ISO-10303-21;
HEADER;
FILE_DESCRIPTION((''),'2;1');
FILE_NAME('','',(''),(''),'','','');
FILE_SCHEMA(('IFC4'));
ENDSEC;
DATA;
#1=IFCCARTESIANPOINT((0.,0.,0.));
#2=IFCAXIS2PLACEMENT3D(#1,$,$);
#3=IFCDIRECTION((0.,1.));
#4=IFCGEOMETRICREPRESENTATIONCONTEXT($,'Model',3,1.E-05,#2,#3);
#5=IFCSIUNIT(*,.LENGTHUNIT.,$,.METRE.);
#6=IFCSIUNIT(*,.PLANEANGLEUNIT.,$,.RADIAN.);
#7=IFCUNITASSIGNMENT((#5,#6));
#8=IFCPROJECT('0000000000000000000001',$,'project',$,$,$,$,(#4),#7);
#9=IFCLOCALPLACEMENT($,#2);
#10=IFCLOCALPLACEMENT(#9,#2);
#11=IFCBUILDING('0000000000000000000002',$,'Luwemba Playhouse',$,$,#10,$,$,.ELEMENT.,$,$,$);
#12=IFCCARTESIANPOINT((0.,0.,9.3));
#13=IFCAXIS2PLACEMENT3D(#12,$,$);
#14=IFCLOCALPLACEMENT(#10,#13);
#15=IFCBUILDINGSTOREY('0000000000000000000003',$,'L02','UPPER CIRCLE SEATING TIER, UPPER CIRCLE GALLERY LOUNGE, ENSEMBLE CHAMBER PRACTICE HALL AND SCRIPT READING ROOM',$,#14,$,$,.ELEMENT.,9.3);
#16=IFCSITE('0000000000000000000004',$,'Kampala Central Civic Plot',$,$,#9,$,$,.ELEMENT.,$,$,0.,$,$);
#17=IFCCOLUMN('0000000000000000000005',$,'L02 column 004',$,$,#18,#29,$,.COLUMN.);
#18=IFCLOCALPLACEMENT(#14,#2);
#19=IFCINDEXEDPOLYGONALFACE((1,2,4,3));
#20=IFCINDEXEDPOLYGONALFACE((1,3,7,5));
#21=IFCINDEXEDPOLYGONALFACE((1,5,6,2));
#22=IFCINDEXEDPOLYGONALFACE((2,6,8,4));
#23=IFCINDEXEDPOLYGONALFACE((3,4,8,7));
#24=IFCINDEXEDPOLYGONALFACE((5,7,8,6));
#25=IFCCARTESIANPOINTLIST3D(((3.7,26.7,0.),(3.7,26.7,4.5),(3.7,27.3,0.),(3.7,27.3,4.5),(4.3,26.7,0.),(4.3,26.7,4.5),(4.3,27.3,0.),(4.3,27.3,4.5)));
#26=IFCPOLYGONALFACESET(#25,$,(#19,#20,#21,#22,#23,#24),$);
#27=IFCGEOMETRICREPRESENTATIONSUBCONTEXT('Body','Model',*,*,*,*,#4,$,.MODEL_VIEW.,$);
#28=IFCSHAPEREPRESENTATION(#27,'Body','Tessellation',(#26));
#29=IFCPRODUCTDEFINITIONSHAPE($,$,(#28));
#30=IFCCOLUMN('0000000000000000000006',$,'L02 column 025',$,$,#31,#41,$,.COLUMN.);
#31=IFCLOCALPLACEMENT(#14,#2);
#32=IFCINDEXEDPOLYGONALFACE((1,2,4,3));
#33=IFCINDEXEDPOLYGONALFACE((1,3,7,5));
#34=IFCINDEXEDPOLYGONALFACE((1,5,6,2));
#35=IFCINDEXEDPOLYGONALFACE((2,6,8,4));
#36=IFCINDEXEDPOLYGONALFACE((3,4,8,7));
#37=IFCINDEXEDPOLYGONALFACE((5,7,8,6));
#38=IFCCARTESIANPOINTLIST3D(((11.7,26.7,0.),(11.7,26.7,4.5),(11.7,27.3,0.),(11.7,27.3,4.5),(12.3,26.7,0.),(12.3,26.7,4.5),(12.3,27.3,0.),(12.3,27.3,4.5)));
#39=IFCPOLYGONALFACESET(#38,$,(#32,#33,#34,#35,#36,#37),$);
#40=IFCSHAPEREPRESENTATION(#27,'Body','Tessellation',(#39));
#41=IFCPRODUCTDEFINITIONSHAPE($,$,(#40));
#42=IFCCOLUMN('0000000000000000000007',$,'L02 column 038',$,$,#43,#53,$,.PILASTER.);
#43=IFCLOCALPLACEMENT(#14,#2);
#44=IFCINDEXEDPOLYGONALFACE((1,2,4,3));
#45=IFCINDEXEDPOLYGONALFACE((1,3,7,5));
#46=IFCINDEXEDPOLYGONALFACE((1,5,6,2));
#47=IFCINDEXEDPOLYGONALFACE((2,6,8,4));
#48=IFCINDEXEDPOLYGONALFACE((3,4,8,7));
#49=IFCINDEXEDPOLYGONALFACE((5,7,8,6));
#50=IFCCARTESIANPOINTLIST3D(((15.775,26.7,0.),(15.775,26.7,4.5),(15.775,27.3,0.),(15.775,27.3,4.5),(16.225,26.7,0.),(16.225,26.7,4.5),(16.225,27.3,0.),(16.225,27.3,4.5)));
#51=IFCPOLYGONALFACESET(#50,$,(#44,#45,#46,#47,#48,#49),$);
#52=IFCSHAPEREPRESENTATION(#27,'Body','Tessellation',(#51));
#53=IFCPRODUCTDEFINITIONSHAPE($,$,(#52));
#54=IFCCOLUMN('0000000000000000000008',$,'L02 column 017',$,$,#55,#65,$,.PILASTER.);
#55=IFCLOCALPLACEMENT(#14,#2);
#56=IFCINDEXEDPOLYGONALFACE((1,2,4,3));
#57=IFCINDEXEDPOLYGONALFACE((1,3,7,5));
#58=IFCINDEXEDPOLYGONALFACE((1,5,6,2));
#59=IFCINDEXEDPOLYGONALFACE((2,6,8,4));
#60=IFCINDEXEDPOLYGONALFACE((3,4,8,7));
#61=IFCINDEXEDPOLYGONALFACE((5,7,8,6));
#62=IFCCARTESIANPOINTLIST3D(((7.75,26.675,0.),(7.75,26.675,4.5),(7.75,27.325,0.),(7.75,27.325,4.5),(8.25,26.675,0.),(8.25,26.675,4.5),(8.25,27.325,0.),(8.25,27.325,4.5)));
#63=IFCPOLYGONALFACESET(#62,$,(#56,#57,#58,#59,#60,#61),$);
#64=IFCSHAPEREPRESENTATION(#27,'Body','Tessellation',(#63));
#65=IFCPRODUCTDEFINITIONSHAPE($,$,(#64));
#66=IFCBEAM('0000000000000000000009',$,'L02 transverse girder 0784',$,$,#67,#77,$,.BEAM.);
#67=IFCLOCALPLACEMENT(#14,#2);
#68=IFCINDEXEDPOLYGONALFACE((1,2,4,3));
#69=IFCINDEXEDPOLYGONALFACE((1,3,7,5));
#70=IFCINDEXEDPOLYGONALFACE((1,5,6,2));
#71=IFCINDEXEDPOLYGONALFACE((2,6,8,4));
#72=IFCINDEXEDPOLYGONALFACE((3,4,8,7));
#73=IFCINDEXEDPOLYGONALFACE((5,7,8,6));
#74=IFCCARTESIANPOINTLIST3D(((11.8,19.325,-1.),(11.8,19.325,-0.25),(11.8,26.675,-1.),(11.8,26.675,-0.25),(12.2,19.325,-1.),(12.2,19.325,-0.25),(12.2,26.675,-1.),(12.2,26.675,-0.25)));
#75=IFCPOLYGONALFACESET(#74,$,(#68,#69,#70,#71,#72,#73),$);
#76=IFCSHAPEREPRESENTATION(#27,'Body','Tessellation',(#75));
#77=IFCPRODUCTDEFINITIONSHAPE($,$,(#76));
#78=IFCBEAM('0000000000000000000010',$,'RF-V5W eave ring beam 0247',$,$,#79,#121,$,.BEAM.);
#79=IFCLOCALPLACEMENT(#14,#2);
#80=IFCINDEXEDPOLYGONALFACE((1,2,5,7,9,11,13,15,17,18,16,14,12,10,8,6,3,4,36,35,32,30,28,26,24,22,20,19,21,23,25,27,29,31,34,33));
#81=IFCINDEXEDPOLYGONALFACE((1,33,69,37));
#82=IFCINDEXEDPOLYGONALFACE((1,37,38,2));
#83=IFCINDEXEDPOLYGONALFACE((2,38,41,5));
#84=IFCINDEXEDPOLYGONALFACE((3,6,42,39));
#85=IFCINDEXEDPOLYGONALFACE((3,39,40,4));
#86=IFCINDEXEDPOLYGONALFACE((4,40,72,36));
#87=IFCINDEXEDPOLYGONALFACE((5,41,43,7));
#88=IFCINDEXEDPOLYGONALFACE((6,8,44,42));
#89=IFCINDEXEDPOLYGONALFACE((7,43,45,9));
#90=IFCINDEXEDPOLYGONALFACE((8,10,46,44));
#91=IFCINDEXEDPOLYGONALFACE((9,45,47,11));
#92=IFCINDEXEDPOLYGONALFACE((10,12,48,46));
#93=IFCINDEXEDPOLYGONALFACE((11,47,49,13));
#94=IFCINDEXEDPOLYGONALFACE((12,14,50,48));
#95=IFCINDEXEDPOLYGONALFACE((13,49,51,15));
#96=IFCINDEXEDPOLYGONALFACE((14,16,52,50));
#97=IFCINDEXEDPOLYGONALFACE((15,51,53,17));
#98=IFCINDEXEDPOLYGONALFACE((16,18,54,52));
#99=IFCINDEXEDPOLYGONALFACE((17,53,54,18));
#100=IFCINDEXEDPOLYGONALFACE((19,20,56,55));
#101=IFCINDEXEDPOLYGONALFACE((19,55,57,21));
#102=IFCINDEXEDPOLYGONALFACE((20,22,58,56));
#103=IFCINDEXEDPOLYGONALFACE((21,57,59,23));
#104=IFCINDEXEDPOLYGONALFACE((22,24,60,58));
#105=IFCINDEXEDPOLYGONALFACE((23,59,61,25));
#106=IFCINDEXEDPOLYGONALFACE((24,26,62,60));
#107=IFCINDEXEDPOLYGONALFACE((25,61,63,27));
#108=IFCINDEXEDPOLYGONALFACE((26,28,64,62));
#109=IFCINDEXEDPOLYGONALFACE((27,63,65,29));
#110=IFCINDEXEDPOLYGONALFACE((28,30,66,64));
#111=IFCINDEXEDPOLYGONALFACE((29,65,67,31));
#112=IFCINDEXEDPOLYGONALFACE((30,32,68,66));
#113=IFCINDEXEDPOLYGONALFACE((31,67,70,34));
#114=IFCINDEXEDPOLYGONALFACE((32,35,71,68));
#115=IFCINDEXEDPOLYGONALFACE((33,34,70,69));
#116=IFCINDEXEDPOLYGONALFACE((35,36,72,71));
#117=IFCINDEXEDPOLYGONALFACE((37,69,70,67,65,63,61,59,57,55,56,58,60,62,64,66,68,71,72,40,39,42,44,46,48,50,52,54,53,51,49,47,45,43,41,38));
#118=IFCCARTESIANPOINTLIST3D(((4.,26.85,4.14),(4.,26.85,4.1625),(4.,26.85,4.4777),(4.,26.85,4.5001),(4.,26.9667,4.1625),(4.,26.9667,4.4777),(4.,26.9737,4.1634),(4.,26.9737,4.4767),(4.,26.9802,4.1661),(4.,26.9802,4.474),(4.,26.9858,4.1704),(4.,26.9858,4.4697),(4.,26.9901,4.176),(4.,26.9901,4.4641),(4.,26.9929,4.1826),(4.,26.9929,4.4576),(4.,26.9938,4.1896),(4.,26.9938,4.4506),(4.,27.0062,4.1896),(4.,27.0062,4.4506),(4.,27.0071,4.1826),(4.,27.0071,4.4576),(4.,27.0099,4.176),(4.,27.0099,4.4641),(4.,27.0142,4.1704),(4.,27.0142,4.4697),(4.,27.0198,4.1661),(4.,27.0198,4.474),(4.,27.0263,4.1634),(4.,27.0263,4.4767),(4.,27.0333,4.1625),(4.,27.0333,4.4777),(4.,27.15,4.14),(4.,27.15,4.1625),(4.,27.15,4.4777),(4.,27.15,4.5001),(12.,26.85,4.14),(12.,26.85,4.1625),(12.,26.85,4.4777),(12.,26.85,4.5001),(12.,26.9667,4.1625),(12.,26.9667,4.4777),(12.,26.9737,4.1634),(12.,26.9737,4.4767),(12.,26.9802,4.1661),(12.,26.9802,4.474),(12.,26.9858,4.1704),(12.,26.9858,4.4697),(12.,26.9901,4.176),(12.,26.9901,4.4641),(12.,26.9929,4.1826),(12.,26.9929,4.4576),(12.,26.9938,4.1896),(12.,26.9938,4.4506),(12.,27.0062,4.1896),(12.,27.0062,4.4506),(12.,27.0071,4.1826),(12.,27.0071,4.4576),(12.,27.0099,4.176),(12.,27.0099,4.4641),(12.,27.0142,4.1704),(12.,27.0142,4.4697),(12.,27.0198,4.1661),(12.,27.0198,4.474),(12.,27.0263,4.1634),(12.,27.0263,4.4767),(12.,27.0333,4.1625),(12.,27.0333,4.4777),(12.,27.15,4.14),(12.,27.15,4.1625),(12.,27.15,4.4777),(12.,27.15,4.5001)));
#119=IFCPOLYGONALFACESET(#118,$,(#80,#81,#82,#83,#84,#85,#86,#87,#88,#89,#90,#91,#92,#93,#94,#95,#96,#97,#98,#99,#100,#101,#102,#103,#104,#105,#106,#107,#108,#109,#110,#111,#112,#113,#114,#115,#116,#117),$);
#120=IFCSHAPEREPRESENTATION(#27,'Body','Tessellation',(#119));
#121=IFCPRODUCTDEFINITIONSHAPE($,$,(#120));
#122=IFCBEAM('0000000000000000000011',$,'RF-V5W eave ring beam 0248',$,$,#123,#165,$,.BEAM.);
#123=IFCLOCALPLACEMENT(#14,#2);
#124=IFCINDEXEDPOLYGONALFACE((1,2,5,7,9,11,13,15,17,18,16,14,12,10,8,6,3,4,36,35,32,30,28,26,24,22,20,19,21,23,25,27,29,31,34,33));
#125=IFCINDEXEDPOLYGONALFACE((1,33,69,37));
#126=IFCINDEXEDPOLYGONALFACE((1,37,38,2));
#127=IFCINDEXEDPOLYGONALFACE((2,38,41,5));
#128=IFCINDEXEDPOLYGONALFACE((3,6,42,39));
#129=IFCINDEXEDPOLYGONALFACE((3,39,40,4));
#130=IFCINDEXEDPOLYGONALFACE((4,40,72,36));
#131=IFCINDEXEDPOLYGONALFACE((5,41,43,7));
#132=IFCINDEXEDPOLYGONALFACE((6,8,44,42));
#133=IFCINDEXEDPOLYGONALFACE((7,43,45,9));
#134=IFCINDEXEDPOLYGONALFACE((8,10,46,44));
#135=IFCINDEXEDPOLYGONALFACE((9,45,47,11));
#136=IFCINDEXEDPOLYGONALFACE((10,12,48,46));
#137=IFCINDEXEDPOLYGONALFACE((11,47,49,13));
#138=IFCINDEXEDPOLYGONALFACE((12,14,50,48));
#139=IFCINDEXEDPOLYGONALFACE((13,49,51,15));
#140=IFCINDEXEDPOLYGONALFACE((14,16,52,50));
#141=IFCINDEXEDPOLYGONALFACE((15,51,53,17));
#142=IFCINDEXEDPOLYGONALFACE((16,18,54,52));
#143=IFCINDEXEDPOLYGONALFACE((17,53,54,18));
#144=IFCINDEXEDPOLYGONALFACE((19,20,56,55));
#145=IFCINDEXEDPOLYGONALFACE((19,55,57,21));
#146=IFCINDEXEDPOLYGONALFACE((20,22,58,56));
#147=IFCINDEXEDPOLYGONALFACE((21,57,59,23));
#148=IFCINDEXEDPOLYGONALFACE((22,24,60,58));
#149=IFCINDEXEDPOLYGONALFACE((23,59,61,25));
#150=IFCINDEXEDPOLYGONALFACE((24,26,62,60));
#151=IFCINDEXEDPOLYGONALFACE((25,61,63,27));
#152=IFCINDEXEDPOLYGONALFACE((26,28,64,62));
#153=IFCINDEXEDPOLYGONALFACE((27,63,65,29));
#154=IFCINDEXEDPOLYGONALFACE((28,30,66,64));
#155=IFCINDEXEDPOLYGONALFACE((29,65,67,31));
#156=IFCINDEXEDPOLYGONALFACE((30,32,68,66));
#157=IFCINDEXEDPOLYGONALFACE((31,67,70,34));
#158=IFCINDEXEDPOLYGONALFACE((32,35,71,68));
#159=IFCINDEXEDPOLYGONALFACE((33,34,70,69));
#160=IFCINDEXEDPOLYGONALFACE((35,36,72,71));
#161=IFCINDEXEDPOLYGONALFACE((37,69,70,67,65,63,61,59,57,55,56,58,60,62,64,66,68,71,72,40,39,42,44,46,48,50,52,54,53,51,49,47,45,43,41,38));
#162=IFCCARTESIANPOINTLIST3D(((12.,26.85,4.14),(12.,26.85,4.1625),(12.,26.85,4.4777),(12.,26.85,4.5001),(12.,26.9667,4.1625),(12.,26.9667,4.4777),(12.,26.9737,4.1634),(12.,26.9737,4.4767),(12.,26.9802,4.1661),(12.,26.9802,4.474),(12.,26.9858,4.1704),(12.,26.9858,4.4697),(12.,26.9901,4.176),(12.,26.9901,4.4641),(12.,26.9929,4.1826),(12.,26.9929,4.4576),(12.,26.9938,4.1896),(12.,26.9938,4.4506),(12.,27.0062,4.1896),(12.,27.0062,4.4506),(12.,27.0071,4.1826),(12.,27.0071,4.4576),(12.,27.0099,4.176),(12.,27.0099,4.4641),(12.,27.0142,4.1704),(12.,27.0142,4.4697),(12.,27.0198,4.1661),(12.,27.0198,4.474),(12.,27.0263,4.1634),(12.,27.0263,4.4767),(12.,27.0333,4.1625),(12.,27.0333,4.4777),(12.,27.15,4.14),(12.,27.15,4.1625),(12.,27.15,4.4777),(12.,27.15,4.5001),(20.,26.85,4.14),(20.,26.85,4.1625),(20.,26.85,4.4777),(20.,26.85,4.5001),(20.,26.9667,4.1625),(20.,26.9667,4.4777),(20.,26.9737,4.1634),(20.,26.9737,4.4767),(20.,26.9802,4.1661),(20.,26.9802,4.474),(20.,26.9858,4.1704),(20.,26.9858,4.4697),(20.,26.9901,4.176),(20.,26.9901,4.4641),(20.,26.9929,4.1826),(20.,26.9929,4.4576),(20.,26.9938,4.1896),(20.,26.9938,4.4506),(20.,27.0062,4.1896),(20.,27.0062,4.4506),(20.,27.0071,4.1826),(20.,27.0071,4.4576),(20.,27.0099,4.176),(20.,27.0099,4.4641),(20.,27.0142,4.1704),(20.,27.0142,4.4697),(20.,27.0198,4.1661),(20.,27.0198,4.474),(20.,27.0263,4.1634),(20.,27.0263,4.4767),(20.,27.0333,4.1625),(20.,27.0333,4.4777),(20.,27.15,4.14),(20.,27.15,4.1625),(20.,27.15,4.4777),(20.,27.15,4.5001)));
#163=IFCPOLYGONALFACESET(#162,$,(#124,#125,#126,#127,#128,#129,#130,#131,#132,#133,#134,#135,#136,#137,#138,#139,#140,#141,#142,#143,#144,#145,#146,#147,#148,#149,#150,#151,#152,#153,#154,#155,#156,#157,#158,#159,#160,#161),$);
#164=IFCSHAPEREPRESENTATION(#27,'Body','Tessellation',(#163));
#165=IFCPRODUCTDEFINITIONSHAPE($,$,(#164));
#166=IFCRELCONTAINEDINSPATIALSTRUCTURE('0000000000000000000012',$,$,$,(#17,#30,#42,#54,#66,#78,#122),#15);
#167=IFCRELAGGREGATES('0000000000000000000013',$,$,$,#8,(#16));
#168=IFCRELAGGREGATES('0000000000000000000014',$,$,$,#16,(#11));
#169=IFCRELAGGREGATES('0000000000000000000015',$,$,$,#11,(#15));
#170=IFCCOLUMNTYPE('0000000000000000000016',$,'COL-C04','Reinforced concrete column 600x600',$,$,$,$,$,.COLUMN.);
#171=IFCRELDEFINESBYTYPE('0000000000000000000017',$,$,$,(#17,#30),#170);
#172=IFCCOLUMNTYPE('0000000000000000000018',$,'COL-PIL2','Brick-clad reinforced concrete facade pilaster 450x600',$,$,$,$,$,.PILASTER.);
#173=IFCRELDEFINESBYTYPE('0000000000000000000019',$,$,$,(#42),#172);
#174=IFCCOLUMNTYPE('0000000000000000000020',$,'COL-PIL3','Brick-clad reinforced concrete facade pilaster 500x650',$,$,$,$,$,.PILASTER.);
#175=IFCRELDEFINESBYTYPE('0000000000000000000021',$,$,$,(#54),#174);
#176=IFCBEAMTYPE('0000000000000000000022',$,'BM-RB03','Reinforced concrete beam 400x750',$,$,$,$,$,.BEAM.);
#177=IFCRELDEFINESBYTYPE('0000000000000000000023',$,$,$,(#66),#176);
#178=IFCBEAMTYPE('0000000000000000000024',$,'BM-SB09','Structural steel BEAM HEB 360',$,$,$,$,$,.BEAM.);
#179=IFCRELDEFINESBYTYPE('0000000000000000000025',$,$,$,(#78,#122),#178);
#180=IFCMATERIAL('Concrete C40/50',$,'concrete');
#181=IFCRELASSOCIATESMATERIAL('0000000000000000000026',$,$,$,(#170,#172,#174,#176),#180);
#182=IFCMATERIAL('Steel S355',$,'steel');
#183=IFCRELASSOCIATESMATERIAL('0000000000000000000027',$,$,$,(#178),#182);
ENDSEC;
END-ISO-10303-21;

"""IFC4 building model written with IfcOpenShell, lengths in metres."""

from ifc_helpers import new_model, si_unit, direction, frame, origin, origin_2d, place, context, subcontext, project, spatial, rectangle, i_section, extrude, material, material_profile, profile_set, type_object, element, save


model = new_model("IFC4")

# Units and contexts
model_context = context("Model", 3, precision=1e-05, world=origin(), true_north=direction((0.0, 1.0)))
body_context = subcontext(model_context, "Body", "Model", "MODEL_VIEW")
ifc_project = project(units=[si_unit("LENGTHUNIT", "METRE"), si_unit("PLANEANGLEUNIT", "RADIAN")], contexts=[model_context])

# Site, building, storey
site_placement = place(None, origin())
site = spatial("IfcSite", under=ifc_project, at=site_placement, Name="Kampala Central Civic Plot", CompositionType="ELEMENT", RefElevation=0.0)
building_placement = place(site_placement, origin())
building = spatial("IfcBuilding", under=site, at=building_placement, Name="Luwemba Playhouse", CompositionType="ELEMENT")
storey_placement = place(building_placement, frame((0.0, 0.0, 9.3)))
storey = spatial("IfcBuildingStorey", under=building, at=storey_placement, Name="L02", Description="UPPER CIRCLE SEATING TIER, UPPER CIRCLE GALLERY LOUNGE, ENSEMBLE CHAMBER PRACTICE HALL AND SCRIPT READING ROOM", CompositionType="ELEMENT", Elevation=9.3)

# Columns
ifc_material_1 = material(Name="Concrete C40/50", Category="concrete")
ifc_material_profile_1 = material_profile(ifc_material_1, rectangle(XDim=0.6001, YDim=0.6001, at=origin_2d()))
ifc_profile_set_1 = profile_set([ifc_material_profile_1], Name="Concrete C40/50")
column_type_1 = type_object("IfcColumnType", Name="COL-C04", Description="Reinforced concrete column 600x600", PredefinedType="COLUMN", material=ifc_profile_set_1)
for number, where, z_axis, x_axis, name in (
    (1, (4.0, 27.0, 0.0), (0.0, 0.0, 1.0), (1.0, 0.0, 0.0), "L02 column 004"),
    (2, (12.0, 27.0, 0.0), (0.0, 0.0, 1.0), (1.0, 0.0, 0.0), "L02 column 025"),
):
    element("IfcColumn", number, at=place(storey_placement, frame(where, z_axis=z_axis, x_axis=x_axis)), inside=storey, type_object=column_type_1, Name=name, PredefinedType="COLUMN", context=body_context, shape_type="SweptSolid", body=[
        extrude(rectangle(XDim=0.6001, YDim=0.6001, at=origin_2d()), origin(), (0.0, 0.0, 1.0), 4.5),
    ])
ifc_material_profile_2 = material_profile(ifc_material_1, rectangle(XDim=0.45, YDim=0.6001, at=origin_2d()))
ifc_profile_set_2 = profile_set([ifc_material_profile_2], Name="Concrete C40/50")
column_type_2 = type_object("IfcColumnType", Name="COL-PIL2", Description="Brick-clad reinforced concrete facade pilaster 450x600", PredefinedType="PILASTER", material=ifc_profile_set_2)
column_1_placement = place(storey_placement, frame((16.0, 27.0, 0.0), z_axis=(0.0, 0.0, 1.0), x_axis=(1.0, 0.0, 0.0)))
element("IfcColumn", 3, at=column_1_placement, inside=storey, type_object=column_type_2, Name="L02 column 038", PredefinedType="PILASTER", context=body_context, shape_type="SweptSolid", body=[
    extrude(rectangle(XDim=0.45, YDim=0.6001, at=origin_2d()), origin(), (0.0, 0.0, 1.0), 4.5),
])
ifc_material_profile_3 = material_profile(ifc_material_1, rectangle(XDim=0.5, YDim=0.6499, at=origin_2d()))
ifc_profile_set_3 = profile_set([ifc_material_profile_3], Name="Concrete C40/50")
column_type_3 = type_object("IfcColumnType", Name="COL-PIL3", Description="Brick-clad reinforced concrete facade pilaster 500x650", PredefinedType="PILASTER", material=ifc_profile_set_3)
column_2_placement = place(storey_placement, frame((8.0, 27.0, 0.0), z_axis=(0.0, 0.0, 1.0), x_axis=(1.0, 0.0, 0.0)))
element("IfcColumn", 4, at=column_2_placement, inside=storey, type_object=column_type_3, Name="L02 column 017", PredefinedType="PILASTER", context=body_context, shape_type="SweptSolid", body=[
    extrude(rectangle(XDim=0.5, YDim=0.6499, at=origin_2d()), origin(), (0.0, 0.0, 1.0), 4.5),
])

# Beams
ifc_material_profile_4 = material_profile(ifc_material_1, rectangle(XDim=0.3999, YDim=0.75, at=origin_2d()))
ifc_profile_set_4 = profile_set([ifc_material_profile_4], Name="Concrete C40/50")
beam_type_1 = type_object("IfcBeamType", Name="BM-RB03", Description="Reinforced concrete beam 400x750", PredefinedType="BEAM", material=ifc_profile_set_4)
beam_1_placement = place(storey_placement, frame((12.0, 19.325, -0.625), z_axis=(0.0, 1.0, 0.0), x_axis=(-1.0, 0.0, 0.0)))
element("IfcBeam", 5, at=beam_1_placement, inside=storey, type_object=beam_type_1, Name="L02 transverse girder 0784", PredefinedType="BEAM", context=body_context, shape_type="SweptSolid", body=[
    extrude(rectangle(XDim=0.3999, YDim=0.75, at=origin_2d()), origin(), (0.0, 0.0, 1.0), 7.3501),
])
ifc_material_2 = material(Name="Steel S355", Category="steel")
ifc_material_profile_5 = material_profile(ifc_material_2, i_section(OverallWidth=0.3, OverallDepth=0.3601, WebThickness=0.0125, FlangeThickness=0.0225, FilletRadius=0.0271, at=origin_2d()))
ifc_profile_set_5 = profile_set([ifc_material_profile_5], Name="Steel S355")
beam_type_2 = type_object("IfcBeamType", Name="BM-SB09", Description="Structural steel BEAM HEB 360", PredefinedType="BEAM", material=ifc_profile_set_5)
for number, where, z_axis, x_axis, name in (
    (6, (4.0, 27.0, 4.3201), (1.0, 0.0, 0.0), (0.0, 1.0, 0.0), "RF-V5W eave ring beam 0247"),
    (7, (12.0, 27.0, 4.3201), (1.0, 0.0, 0.0), (0.0, 1.0, 0.0), "RF-V5W eave ring beam 0248"),
):
    element("IfcBeam", number, at=place(storey_placement, frame(where, z_axis=z_axis, x_axis=x_axis)), inside=storey, type_object=beam_type_2, Name=name, PredefinedType="BEAM", context=body_context, shape_type="SweptSolid", body=[
        extrude(i_section(OverallWidth=0.3, OverallDepth=0.3601, WebThickness=0.0125, FlangeThickness=0.0225, FilletRadius=0.0271, at=origin_2d()), origin(), (0.0, 0.0, 1.0), 8.0),
    ])

save(model, "model.ifc")
